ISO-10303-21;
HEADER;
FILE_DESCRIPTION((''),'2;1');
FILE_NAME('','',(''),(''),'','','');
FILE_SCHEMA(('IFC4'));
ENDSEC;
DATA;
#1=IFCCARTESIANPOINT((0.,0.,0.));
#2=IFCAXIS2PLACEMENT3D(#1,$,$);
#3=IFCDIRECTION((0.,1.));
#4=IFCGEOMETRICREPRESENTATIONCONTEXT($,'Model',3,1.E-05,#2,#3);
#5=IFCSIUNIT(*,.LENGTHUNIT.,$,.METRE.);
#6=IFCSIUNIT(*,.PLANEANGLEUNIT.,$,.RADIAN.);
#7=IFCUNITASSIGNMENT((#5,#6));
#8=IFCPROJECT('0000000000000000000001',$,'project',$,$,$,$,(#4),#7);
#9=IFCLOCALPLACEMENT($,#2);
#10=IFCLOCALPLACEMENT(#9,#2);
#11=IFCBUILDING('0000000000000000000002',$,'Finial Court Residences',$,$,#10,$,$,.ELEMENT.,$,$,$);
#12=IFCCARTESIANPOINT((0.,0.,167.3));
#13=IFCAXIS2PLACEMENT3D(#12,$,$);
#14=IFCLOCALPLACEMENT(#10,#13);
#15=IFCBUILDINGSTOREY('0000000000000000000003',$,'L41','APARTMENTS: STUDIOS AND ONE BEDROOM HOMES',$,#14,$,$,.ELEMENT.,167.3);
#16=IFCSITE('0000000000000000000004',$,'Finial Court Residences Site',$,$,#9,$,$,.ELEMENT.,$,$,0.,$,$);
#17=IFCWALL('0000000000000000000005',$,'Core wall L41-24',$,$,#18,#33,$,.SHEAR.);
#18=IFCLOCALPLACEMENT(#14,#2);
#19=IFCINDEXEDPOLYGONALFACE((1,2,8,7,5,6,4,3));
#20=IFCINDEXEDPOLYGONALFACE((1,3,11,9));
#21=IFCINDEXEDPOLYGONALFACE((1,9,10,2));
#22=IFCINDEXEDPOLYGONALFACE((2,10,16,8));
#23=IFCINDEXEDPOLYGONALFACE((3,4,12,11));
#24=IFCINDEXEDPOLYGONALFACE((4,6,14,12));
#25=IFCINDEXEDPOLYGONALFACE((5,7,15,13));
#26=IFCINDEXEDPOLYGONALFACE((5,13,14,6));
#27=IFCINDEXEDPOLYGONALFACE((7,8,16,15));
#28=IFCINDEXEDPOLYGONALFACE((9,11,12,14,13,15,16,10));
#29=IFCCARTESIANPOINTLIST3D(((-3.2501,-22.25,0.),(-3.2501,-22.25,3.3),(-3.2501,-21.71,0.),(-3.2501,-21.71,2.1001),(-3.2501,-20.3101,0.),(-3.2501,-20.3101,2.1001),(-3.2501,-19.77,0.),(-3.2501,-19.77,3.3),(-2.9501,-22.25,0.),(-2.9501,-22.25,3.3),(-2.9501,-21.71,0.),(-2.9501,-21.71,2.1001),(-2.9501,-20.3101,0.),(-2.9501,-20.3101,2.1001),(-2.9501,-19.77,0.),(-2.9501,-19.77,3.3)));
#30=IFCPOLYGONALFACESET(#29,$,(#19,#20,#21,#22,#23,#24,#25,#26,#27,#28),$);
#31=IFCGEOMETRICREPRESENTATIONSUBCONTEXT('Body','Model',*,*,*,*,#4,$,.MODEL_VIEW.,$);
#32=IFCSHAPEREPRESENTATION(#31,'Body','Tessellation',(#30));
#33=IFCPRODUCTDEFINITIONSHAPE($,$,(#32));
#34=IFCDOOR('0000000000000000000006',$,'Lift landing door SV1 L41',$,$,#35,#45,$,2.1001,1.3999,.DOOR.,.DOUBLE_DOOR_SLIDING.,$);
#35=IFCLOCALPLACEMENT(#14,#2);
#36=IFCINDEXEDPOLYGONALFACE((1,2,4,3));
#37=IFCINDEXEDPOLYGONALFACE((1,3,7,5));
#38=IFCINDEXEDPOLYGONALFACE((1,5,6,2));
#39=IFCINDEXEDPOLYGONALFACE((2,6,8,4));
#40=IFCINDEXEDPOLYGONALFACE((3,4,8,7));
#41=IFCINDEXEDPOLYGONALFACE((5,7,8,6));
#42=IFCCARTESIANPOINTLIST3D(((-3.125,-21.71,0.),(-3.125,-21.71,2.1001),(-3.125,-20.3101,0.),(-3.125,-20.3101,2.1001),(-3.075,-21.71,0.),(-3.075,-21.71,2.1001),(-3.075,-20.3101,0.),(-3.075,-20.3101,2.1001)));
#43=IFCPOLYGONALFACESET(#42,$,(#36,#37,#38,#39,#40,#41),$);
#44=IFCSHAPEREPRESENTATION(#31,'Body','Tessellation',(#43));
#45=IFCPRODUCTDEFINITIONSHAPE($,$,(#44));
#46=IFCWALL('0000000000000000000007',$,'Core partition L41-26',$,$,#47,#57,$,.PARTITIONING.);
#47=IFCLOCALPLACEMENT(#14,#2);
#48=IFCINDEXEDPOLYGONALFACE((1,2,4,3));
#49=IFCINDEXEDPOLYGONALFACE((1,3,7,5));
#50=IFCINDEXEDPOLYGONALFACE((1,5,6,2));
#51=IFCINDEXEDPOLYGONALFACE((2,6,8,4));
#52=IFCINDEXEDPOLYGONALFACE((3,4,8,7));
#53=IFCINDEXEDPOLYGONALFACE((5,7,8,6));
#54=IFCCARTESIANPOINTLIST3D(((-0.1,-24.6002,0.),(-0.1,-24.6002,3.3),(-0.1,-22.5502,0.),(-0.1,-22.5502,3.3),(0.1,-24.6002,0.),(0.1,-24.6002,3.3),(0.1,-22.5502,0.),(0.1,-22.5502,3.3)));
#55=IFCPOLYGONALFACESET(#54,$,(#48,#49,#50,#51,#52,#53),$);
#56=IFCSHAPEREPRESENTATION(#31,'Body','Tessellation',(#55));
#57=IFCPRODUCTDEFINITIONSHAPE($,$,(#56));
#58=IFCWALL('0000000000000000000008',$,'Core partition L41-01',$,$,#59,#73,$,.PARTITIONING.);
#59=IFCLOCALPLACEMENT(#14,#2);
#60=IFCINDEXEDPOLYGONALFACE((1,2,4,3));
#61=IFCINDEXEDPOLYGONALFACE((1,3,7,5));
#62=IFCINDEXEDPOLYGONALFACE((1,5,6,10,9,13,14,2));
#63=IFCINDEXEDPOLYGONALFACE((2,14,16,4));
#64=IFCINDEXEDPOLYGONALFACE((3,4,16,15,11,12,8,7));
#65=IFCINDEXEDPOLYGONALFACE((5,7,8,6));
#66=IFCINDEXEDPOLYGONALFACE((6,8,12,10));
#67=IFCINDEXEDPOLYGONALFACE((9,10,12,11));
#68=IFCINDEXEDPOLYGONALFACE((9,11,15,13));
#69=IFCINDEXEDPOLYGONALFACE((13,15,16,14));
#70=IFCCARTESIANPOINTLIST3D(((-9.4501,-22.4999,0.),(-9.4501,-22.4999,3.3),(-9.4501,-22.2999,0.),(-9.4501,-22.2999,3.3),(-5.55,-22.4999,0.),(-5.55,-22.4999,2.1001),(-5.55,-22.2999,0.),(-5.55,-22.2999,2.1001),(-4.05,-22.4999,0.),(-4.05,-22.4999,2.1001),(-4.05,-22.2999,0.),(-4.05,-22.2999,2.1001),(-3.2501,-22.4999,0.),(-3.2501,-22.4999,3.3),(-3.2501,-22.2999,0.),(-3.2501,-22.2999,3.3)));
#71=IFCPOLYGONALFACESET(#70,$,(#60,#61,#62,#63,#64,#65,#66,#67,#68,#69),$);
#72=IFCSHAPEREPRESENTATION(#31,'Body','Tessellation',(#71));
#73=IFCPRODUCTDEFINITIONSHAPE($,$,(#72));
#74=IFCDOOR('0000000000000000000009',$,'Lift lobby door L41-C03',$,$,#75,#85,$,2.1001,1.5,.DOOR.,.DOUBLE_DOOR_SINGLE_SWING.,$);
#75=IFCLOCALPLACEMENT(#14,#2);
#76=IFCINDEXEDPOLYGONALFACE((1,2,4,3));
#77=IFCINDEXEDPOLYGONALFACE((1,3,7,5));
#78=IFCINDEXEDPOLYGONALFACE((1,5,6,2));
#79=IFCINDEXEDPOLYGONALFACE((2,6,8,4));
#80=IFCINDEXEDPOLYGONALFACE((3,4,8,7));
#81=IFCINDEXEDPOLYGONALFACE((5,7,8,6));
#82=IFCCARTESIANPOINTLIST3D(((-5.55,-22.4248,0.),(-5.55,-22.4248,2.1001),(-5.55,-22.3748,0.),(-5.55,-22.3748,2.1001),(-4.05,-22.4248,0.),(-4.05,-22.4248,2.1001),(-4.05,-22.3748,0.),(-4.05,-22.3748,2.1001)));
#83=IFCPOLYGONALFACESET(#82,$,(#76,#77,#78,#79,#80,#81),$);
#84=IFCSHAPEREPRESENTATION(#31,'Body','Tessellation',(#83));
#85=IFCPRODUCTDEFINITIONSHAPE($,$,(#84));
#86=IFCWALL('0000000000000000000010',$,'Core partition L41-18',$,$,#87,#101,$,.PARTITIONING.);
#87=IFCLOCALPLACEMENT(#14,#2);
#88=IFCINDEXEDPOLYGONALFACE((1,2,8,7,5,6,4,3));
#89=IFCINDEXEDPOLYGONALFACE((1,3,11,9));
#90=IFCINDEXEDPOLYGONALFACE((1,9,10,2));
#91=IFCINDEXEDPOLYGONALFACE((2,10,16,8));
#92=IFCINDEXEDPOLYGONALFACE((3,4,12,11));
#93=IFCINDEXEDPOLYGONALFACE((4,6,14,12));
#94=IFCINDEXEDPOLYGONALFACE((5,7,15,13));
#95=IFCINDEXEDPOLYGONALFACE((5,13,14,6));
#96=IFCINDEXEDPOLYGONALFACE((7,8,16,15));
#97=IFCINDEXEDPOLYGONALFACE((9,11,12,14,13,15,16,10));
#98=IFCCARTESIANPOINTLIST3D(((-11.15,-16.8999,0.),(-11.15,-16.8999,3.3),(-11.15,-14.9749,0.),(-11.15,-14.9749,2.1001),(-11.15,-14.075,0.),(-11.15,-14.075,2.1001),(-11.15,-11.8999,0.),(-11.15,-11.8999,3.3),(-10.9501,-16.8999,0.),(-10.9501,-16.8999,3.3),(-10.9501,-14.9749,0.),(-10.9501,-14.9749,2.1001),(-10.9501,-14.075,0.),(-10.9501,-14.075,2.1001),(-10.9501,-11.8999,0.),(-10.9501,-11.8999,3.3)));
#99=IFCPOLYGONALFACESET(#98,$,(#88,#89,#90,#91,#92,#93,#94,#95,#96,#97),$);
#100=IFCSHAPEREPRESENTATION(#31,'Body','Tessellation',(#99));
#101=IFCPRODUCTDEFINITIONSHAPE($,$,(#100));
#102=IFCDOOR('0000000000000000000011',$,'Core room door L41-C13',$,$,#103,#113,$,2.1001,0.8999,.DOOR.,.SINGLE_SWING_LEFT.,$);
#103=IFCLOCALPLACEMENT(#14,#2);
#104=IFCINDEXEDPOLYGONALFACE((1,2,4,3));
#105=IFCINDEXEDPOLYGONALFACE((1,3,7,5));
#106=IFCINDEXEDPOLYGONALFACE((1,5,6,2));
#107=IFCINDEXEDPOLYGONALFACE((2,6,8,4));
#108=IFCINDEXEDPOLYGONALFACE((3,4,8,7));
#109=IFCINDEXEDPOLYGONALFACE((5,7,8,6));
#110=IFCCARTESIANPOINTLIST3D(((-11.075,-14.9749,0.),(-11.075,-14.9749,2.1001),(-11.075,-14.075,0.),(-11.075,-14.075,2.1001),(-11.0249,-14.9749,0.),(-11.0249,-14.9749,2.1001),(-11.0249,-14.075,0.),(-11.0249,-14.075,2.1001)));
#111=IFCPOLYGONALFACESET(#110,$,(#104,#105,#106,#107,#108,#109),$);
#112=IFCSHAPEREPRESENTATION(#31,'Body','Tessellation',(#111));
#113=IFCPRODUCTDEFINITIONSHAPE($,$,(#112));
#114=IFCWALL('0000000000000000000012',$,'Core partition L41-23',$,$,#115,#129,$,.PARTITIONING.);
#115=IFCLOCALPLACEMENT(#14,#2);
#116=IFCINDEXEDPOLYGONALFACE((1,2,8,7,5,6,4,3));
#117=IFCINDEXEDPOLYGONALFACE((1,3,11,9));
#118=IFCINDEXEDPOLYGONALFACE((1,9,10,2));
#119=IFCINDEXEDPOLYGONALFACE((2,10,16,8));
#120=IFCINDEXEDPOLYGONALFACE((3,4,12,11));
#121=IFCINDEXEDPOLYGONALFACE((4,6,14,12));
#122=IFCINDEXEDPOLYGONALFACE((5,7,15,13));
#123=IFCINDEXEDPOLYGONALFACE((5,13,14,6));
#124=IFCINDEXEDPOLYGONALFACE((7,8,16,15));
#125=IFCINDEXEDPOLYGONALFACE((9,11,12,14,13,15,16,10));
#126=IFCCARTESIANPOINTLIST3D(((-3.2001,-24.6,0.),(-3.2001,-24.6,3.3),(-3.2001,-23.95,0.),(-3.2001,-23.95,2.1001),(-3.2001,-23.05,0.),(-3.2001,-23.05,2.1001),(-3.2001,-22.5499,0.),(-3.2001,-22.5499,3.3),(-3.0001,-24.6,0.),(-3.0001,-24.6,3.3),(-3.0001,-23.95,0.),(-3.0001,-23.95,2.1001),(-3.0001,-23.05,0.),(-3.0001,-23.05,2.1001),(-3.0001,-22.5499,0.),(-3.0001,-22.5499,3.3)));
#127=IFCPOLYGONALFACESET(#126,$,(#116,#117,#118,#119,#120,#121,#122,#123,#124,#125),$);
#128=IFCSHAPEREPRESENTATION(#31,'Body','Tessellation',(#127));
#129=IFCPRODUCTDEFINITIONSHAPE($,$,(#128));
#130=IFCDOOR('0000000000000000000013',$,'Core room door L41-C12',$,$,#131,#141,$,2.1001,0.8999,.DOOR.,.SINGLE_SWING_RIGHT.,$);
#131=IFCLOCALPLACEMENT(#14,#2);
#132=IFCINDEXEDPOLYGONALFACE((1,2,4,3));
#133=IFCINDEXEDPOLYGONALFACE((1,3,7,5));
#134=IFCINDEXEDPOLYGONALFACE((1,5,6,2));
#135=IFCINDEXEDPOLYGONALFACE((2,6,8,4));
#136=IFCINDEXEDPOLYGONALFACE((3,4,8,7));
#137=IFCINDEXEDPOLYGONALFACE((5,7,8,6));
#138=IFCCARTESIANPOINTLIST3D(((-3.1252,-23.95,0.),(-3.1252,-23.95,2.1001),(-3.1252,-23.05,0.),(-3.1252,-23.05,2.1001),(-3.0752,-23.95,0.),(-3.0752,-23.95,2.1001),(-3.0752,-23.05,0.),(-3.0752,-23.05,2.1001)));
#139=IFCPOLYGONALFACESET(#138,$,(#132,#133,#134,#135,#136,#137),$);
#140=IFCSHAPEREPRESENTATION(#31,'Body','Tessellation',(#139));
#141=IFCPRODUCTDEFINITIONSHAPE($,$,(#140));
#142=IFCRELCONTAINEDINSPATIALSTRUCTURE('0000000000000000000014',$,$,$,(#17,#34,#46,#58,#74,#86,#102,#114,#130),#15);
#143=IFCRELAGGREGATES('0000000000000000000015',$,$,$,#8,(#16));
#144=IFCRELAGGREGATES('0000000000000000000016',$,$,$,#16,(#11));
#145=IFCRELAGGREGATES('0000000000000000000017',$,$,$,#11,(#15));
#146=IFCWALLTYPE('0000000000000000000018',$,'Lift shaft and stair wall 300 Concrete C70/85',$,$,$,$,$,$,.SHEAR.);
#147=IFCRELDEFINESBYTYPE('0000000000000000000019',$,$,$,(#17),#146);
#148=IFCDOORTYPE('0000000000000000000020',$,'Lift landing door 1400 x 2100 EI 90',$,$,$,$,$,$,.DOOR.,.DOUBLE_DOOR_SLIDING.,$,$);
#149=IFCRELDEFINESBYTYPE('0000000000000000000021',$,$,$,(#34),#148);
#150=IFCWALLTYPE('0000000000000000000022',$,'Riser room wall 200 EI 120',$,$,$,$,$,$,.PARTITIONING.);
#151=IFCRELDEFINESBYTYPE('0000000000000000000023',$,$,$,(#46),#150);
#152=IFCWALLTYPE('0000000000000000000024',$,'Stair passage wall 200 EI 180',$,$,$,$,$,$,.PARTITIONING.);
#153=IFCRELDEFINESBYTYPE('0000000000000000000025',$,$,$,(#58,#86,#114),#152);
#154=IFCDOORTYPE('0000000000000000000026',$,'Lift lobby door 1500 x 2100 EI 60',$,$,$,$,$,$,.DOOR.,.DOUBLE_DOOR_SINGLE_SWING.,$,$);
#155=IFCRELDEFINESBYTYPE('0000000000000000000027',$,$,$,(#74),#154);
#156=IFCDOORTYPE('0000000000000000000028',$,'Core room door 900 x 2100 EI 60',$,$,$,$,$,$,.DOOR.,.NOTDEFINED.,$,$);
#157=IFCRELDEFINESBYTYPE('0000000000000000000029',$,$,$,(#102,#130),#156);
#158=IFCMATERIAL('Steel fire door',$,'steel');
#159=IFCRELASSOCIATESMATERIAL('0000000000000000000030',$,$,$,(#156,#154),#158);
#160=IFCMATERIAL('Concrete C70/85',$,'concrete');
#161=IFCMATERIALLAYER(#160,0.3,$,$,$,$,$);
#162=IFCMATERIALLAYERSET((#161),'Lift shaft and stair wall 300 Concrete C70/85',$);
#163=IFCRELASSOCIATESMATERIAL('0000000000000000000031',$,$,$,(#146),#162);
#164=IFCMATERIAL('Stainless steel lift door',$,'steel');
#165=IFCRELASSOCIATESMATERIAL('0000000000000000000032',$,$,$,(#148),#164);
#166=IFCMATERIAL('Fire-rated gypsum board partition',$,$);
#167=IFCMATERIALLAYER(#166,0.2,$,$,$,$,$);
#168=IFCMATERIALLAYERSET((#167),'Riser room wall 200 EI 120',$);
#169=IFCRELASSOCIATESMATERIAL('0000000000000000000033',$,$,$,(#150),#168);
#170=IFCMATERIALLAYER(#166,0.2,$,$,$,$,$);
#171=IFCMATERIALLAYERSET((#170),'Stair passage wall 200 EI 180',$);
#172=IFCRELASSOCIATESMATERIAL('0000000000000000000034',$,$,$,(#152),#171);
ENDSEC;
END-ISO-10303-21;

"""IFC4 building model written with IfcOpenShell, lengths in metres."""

from ifc_helpers import new_model, si_unit, direction, frame, frame_2d, origin, place, context, subcontext, project, spatial, rectangle, extrude, material, layer, layer_set, type_object, element, fill, save


model = new_model("IFC4")

# Units and contexts
model_context = context("Model", 3, precision=1e-05, world=origin(), true_north=direction((0.0, 1.0)))
body_context = subcontext(model_context, "Body", "Model", "MODEL_VIEW")
ifc_project = project(units=[si_unit("LENGTHUNIT", "METRE"), si_unit("PLANEANGLEUNIT", "RADIAN")], contexts=[model_context])

# Site, building, storey
site_placement = place(None, origin())
site = spatial("IfcSite", under=ifc_project, at=site_placement, Name="Finial Court Residences Site", CompositionType="ELEMENT", RefElevation=0.0)
building_placement = place(site_placement, origin())
building = spatial("IfcBuilding", under=site, at=building_placement, Name="Finial Court Residences", CompositionType="ELEMENT")
storey_placement = place(building_placement, frame((0.0, 0.0, 167.3)))
storey = spatial("IfcBuildingStorey", under=building, at=storey_placement, Name="L41", Description="APARTMENTS: STUDIOS AND ONE BEDROOM HOMES", CompositionType="ELEMENT", Elevation=167.3)

# Shared definitions
ifc_material_1 = material(Name="Concrete C70/85", Category="concrete")
ifc_material_2 = material(Name="Fire-rated gypsum board partition")

# Shared definitions
ifc_material_3 = material(Name="Steel fire door", Category="steel")
door_type_1 = type_object("IfcDoorType", Name="Core room door 900 x 2100 EI 60", OperationType="NOTDEFINED", PredefinedType="DOOR", material=ifc_material_3)

# Shared definitions
ifc_layer_1 = layer(ifc_material_1, 0.3)
ifc_layer_set_1 = layer_set([ifc_layer_1], Name="Lift shaft and stair wall 300 Concrete C70/85")
wall_type_1 = type_object("IfcWallType", Name="Lift shaft and stair wall 300 Concrete C70/85", PredefinedType="SHEAR", material=ifc_layer_set_1)

# Wall, opening, door
wall_1_placement = place(storey_placement, frame((-3.1001, -22.25, 0.0), z_axis=(0.0, 0.0, 1.0), x_axis=(0.0, 1.0, 0.0)))
wall_1 = element("IfcWall", 1, at=wall_1_placement, inside=storey, type_object=wall_type_1, Name="Core wall L41-24", PredefinedType="SHEAR", context=body_context, shape_type="SweptSolid", body=[
    extrude(rectangle(XDim=2.48, YDim=0.3, at=frame_2d((1.24, 0.0))), origin(), (0.0, 0.0, 1.0), 3.3),
])
opening_1_placement = place(wall_1_placement, frame((0.54, 0.0, 0.0)))
opening_1 = element("IfcOpeningElement", 2, at=opening_1_placement, cuts=wall_1, PredefinedType="OPENING", context=body_context, shape_type="SweptSolid", body=[
    extrude(rectangle(XDim=1.3999, YDim=2.1001, at=frame_2d((0.7, 1.05))), frame((0.0, 0.1599, 0.0), z_axis=(0.0, -1.0, 0.0), x_axis=(1.0, 0.0, 0.0)), (0.0, 0.0, 1.0), 0.3201),
])
ifc_material_4 = material(Name="Stainless steel lift door", Category="steel")
door_type_2 = type_object("IfcDoorType", Name="Lift landing door 1400 x 2100 EI 90", OperationType="DOUBLE_DOOR_SLIDING", PredefinedType="DOOR", material=ifc_material_4)
door_1_placement = place(opening_1_placement, origin())
door_1 = element("IfcDoor", 3, at=door_1_placement, inside=storey, type_object=door_type_2, Name="Lift landing door SV1 L41", OperationType="DOUBLE_DOOR_SLIDING", OverallHeight=2.1001, OverallWidth=1.3999, PredefinedType="DOOR", context=body_context, shape_type="SweptSolid", body=[
    extrude(rectangle(XDim=1.3999, YDim=2.1001, at=frame_2d((0.7, 1.05))), frame((0.0, 0.0249, 0.0), z_axis=(0.0, -1.0, 0.0), x_axis=(1.0, 0.0, 0.0)), (0.0, 0.0, 1.0), 0.05),
])
fill(opening_1, door_1)

# Wall
ifc_layer_2 = layer(ifc_material_2, 0.2)
ifc_layer_set_2 = layer_set([ifc_layer_2], Name="Riser room wall 200 EI 120")
wall_type_2 = type_object("IfcWallType", Name="Riser room wall 200 EI 120", PredefinedType="PARTITIONING", material=ifc_layer_set_2)
wall_2_placement = place(storey_placement, frame((0.0, -24.6001, 0.0), z_axis=(0.0, 0.0, 1.0), x_axis=(0.0, 1.0, 0.0)))
element("IfcWall", 4, at=wall_2_placement, inside=storey, type_object=wall_type_2, Name="Core partition L41-26", PredefinedType="PARTITIONING", context=body_context, shape_type="SweptSolid", body=[
    extrude(rectangle(XDim=2.05, YDim=0.2, at=frame_2d((1.0249, 0.0))), origin(), (0.0, 0.0, 1.0), 3.3),
])

# Walls, openings, doors
ifc_layer_3 = layer(ifc_material_2, 0.2)
ifc_layer_set_3 = layer_set([ifc_layer_3], Name="Stair passage wall 200 EI 180")
wall_type_3 = type_object("IfcWallType", Name="Stair passage wall 200 EI 180", PredefinedType="PARTITIONING", material=ifc_layer_set_3)
wall_3_placement = place(storey_placement, frame((-3.25, -22.3999, 0.0), z_axis=(0.0, 0.0, 1.0), x_axis=(-1.0, 0.0, 0.0)))
wall_3 = element("IfcWall", 5, at=wall_3_placement, inside=storey, type_object=wall_type_3, Name="Core partition L41-01", PredefinedType="PARTITIONING", context=body_context, shape_type="SweptSolid", body=[
    extrude(rectangle(XDim=6.2, YDim=0.2, at=frame_2d((3.1001, 0.0))), origin(), (0.0, 0.0, 1.0), 3.3),
])
opening_2_placement = place(wall_3_placement, frame((0.8, 0.0, 0.0)))
opening_2 = element("IfcOpeningElement", 6, at=opening_2_placement, cuts=wall_3, PredefinedType="OPENING", context=body_context, shape_type="SweptSolid", body=[
    extrude(rectangle(XDim=1.5, YDim=2.1001, at=frame_2d((0.75, 1.05))), frame((0.0, 0.1099, 0.0), z_axis=(0.0, -1.0, 0.0), x_axis=(1.0, 0.0, 0.0)), (0.0, 0.0, 1.0), 0.22),
])
door_type_3 = type_object("IfcDoorType", Name="Lift lobby door 1500 x 2100 EI 60", OperationType="DOUBLE_DOOR_SINGLE_SWING", PredefinedType="DOOR", material=ifc_material_3)
door_2_placement = place(opening_2_placement, origin())
door_2 = element("IfcDoor", 7, at=door_2_placement, inside=storey, type_object=door_type_3, Name="Lift lobby door L41-C03", OperationType="DOUBLE_DOOR_SINGLE_SWING", OverallHeight=2.1001, OverallWidth=1.5, PredefinedType="DOOR", context=body_context, shape_type="SweptSolid", body=[
    extrude(rectangle(XDim=1.5, YDim=2.1001, at=frame_2d((0.75, 1.05))), frame((0.0, 0.0249, 0.0), z_axis=(0.0, -1.0, 0.0), x_axis=(1.0, 0.0, 0.0)), (0.0, 0.0, 1.0), 0.05),
])
fill(opening_2, door_2)
wall_4_placement = place(storey_placement, frame((-11.05, -16.8999, 0.0), z_axis=(0.0, 0.0, 1.0), x_axis=(0.0, 1.0, 0.0)))
wall_4 = element("IfcWall", 8, at=wall_4_placement, inside=storey, type_object=wall_type_3, Name="Core partition L41-18", PredefinedType="PARTITIONING", context=body_context, shape_type="SweptSolid", body=[
    extrude(rectangle(XDim=5.0, YDim=0.2, at=frame_2d((2.5, 0.0))), origin(), (0.0, 0.0, 1.0), 3.3),
])
opening_3_placement = place(wall_4_placement, frame((1.925, 0.0, 0.0)))
opening_3 = element("IfcOpeningElement", 9, at=opening_3_placement, cuts=wall_4, PredefinedType="OPENING", context=body_context, shape_type="SweptSolid", body=[
    extrude(rectangle(XDim=0.8999, YDim=2.1001, at=frame_2d((0.45, 1.05))), frame((0.0, 0.1099, 0.0), z_axis=(0.0, -1.0, 0.0), x_axis=(1.0, 0.0, 0.0)), (0.0, 0.0, 1.0), 0.22),
])
door_3_placement = place(opening_3_placement, origin())
door_3 = element("IfcDoor", 10, at=door_3_placement, inside=storey, type_object=door_type_1, Name="Core room door L41-C13", OperationType="SINGLE_SWING_LEFT", OverallHeight=2.1001, OverallWidth=0.8999, PredefinedType="DOOR", context=body_context, shape_type="SweptSolid", body=[
    extrude(rectangle(XDim=0.8999, YDim=2.1001, at=frame_2d((0.45, 1.05))), frame((0.0, 0.0249, 0.0), z_axis=(0.0, -1.0, 0.0), x_axis=(1.0, 0.0, 0.0)), (0.0, 0.0, 1.0), 0.05),
])
fill(opening_3, door_3)
wall_5_placement = place(storey_placement, frame((-3.1001, -22.55, 0.0), z_axis=(0.0, 0.0, 1.0), x_axis=(0.0, -1.0, 0.0)))
wall_5 = element("IfcWall", 11, at=wall_5_placement, inside=storey, type_object=wall_type_3, Name="Core partition L41-23", PredefinedType="PARTITIONING", context=body_context, shape_type="SweptSolid", body=[
    extrude(rectangle(XDim=2.05, YDim=0.2, at=frame_2d((1.0249, 0.0))), origin(), (0.0, 0.0, 1.0), 3.3),
])
opening_4_placement = place(wall_5_placement, frame((0.5, 0.0, 0.0)))
opening_4 = element("IfcOpeningElement", 12, at=opening_4_placement, cuts=wall_5, PredefinedType="OPENING", context=body_context, shape_type="SweptSolid", body=[
    extrude(rectangle(XDim=0.8999, YDim=2.1001, at=frame_2d((0.45, 1.05))), frame((0.0, 0.1099, 0.0), z_axis=(0.0, -1.0, 0.0), x_axis=(1.0, 0.0, 0.0)), (0.0, 0.0, 1.0), 0.22),
])
door_4_placement = place(opening_4_placement, origin())
door_4 = element("IfcDoor", 13, at=door_4_placement, inside=storey, type_object=door_type_1, Name="Core room door L41-C12", OperationType="SINGLE_SWING_RIGHT", OverallHeight=2.1001, OverallWidth=0.8999, PredefinedType="DOOR", context=body_context, shape_type="SweptSolid", body=[
    extrude(rectangle(XDim=0.8999, YDim=2.1001, at=frame_2d((0.45, 1.05))), frame((0.0, 0.0249, 0.0), z_axis=(0.0, -1.0, 0.0), x_axis=(1.0, 0.0, 0.0)), (0.0, 0.0, 1.0), 0.05),
])
fill(opening_4, door_4)

save(model, "model.ifc")
